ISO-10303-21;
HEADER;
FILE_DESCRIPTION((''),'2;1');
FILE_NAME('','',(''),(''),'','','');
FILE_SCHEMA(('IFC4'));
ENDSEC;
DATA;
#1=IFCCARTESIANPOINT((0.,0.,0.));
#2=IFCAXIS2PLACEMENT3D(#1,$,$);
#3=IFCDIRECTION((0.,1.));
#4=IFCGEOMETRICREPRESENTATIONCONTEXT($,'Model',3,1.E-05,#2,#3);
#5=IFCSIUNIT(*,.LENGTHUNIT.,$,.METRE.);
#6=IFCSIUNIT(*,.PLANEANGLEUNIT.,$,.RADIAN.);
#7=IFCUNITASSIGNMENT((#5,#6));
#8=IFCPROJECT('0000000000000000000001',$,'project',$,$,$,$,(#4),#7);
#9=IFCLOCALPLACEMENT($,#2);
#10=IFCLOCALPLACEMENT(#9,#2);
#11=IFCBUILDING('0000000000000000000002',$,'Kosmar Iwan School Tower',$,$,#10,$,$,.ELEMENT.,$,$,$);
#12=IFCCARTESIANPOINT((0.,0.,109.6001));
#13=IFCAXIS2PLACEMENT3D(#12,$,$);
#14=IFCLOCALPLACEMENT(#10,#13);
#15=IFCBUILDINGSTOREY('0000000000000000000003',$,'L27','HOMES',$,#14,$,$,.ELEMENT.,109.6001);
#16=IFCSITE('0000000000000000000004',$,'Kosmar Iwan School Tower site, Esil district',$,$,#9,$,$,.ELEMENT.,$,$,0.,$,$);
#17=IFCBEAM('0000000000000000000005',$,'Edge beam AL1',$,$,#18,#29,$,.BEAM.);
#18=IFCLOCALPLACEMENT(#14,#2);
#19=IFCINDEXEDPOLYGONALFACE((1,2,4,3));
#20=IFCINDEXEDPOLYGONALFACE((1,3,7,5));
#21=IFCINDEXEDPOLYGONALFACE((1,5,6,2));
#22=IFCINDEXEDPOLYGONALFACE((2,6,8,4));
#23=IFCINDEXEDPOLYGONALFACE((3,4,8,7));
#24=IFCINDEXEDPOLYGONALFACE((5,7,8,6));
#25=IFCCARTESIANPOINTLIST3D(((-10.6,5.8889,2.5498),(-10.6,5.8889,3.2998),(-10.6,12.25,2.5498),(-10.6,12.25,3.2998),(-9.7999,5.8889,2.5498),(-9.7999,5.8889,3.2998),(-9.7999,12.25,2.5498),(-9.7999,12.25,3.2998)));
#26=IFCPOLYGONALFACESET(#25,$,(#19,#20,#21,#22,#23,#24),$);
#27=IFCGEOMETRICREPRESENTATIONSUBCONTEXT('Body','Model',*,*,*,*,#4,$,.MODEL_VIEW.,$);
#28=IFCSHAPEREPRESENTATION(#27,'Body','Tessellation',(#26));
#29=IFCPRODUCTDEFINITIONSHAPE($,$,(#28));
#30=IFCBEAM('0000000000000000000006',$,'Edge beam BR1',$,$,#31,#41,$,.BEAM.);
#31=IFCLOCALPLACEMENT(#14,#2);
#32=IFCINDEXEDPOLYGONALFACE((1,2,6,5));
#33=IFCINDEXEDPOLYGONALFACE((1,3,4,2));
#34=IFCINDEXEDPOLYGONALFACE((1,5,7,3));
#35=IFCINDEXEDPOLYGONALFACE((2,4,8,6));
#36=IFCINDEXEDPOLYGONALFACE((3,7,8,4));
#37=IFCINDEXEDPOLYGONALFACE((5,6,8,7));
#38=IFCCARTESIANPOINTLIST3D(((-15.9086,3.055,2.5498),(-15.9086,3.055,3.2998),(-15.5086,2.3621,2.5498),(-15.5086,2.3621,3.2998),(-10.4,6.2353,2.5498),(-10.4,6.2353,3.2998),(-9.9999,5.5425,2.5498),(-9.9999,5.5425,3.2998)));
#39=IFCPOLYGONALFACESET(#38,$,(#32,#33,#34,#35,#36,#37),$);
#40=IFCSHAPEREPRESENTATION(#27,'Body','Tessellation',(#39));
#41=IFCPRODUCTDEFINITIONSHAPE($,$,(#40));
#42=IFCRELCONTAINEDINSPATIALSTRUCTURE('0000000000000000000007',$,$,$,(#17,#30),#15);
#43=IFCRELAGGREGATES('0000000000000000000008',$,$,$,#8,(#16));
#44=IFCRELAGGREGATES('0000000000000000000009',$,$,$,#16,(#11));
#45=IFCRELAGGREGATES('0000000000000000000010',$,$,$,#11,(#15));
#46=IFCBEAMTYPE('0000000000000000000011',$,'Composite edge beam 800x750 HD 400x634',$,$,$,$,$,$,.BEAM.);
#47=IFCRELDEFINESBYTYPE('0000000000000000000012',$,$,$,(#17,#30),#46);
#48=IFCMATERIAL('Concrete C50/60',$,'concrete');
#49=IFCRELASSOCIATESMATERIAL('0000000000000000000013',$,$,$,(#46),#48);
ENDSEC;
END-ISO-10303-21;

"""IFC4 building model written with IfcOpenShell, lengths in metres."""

from ifc_helpers import new_model, si_unit, direction, frame, origin, origin_2d, place, context, subcontext, project, spatial, rectangle, extrude, material, material_profile, profile_set, type_object, element, save


model = new_model("IFC4")

# Units and contexts
model_context = context("Model", 3, precision=1e-05, world=origin(), true_north=direction((0.0, 1.0)))
body_context = subcontext(model_context, "Body", "Model", "MODEL_VIEW")
ifc_project = project(units=[si_unit("LENGTHUNIT", "METRE"), si_unit("PLANEANGLEUNIT", "RADIAN")], contexts=[model_context])

# Site, building, storey
site_placement = place(None, origin())
site = spatial("IfcSite", under=ifc_project, at=site_placement, Name="Kosmar Iwan School Tower site, Esil district", CompositionType="ELEMENT", RefElevation=0.0)
building_placement = place(site_placement, origin())
building = spatial("IfcBuilding", under=site, at=building_placement, Name="Kosmar Iwan School Tower", CompositionType="ELEMENT")
storey_placement = place(building_placement, frame((0.0, 0.0, 109.6001)))
storey = spatial("IfcBuildingStorey", under=building, at=storey_placement, Name="L27", Description="HOMES", CompositionType="ELEMENT", Elevation=109.6001)

# Beams
ifc_material_1 = material(Name="Concrete C50/60", Category="concrete")
ifc_material_profile = material_profile(ifc_material_1, rectangle(XDim=0.8, YDim=0.75, at=origin_2d()), Name="RC 800x750 + HD 400x634")
ifc_profile_set = profile_set([ifc_material_profile], Name="Concrete C50/60")
beam_type = type_object("IfcBeamType", Name="Composite edge beam 800x750 HD 400x634", PredefinedType="BEAM", material=ifc_profile_set)
beam_1_placement = place(storey_placement, frame((-10.2, 5.8889, 2.9248), z_axis=(0.0, 1.0, 0.0), x_axis=(-1.0, 0.0, 0.0)))
element("IfcBeam", 1, at=beam_1_placement, inside=storey, type_object=beam_type, Name="Edge beam AL1", PredefinedType="BEAM", context=body_context, shape_type="SweptSolid", body=[
    extrude(rectangle(XDim=0.8, YDim=0.75, at=origin_2d()), origin(), (0.0, 0.0, 1.0), 6.3611),
])
beam_2_placement = place(storey_placement, frame((-10.2, 5.8889, 2.9248), z_axis=(-0.866031, -0.49999, 0.0), x_axis=(0.49999, -0.866031, 0.0)))
element("IfcBeam", 2, at=beam_2_placement, inside=storey, type_object=beam_type, Name="Edge beam BR1", PredefinedType="BEAM", context=body_context, shape_type="SweptSolid", body=[
    extrude(rectangle(XDim=0.8, YDim=0.75, at=origin_2d()), origin(), (0.0, 0.0, 1.0), 6.3608),
])

save(model, "model.ifc")
